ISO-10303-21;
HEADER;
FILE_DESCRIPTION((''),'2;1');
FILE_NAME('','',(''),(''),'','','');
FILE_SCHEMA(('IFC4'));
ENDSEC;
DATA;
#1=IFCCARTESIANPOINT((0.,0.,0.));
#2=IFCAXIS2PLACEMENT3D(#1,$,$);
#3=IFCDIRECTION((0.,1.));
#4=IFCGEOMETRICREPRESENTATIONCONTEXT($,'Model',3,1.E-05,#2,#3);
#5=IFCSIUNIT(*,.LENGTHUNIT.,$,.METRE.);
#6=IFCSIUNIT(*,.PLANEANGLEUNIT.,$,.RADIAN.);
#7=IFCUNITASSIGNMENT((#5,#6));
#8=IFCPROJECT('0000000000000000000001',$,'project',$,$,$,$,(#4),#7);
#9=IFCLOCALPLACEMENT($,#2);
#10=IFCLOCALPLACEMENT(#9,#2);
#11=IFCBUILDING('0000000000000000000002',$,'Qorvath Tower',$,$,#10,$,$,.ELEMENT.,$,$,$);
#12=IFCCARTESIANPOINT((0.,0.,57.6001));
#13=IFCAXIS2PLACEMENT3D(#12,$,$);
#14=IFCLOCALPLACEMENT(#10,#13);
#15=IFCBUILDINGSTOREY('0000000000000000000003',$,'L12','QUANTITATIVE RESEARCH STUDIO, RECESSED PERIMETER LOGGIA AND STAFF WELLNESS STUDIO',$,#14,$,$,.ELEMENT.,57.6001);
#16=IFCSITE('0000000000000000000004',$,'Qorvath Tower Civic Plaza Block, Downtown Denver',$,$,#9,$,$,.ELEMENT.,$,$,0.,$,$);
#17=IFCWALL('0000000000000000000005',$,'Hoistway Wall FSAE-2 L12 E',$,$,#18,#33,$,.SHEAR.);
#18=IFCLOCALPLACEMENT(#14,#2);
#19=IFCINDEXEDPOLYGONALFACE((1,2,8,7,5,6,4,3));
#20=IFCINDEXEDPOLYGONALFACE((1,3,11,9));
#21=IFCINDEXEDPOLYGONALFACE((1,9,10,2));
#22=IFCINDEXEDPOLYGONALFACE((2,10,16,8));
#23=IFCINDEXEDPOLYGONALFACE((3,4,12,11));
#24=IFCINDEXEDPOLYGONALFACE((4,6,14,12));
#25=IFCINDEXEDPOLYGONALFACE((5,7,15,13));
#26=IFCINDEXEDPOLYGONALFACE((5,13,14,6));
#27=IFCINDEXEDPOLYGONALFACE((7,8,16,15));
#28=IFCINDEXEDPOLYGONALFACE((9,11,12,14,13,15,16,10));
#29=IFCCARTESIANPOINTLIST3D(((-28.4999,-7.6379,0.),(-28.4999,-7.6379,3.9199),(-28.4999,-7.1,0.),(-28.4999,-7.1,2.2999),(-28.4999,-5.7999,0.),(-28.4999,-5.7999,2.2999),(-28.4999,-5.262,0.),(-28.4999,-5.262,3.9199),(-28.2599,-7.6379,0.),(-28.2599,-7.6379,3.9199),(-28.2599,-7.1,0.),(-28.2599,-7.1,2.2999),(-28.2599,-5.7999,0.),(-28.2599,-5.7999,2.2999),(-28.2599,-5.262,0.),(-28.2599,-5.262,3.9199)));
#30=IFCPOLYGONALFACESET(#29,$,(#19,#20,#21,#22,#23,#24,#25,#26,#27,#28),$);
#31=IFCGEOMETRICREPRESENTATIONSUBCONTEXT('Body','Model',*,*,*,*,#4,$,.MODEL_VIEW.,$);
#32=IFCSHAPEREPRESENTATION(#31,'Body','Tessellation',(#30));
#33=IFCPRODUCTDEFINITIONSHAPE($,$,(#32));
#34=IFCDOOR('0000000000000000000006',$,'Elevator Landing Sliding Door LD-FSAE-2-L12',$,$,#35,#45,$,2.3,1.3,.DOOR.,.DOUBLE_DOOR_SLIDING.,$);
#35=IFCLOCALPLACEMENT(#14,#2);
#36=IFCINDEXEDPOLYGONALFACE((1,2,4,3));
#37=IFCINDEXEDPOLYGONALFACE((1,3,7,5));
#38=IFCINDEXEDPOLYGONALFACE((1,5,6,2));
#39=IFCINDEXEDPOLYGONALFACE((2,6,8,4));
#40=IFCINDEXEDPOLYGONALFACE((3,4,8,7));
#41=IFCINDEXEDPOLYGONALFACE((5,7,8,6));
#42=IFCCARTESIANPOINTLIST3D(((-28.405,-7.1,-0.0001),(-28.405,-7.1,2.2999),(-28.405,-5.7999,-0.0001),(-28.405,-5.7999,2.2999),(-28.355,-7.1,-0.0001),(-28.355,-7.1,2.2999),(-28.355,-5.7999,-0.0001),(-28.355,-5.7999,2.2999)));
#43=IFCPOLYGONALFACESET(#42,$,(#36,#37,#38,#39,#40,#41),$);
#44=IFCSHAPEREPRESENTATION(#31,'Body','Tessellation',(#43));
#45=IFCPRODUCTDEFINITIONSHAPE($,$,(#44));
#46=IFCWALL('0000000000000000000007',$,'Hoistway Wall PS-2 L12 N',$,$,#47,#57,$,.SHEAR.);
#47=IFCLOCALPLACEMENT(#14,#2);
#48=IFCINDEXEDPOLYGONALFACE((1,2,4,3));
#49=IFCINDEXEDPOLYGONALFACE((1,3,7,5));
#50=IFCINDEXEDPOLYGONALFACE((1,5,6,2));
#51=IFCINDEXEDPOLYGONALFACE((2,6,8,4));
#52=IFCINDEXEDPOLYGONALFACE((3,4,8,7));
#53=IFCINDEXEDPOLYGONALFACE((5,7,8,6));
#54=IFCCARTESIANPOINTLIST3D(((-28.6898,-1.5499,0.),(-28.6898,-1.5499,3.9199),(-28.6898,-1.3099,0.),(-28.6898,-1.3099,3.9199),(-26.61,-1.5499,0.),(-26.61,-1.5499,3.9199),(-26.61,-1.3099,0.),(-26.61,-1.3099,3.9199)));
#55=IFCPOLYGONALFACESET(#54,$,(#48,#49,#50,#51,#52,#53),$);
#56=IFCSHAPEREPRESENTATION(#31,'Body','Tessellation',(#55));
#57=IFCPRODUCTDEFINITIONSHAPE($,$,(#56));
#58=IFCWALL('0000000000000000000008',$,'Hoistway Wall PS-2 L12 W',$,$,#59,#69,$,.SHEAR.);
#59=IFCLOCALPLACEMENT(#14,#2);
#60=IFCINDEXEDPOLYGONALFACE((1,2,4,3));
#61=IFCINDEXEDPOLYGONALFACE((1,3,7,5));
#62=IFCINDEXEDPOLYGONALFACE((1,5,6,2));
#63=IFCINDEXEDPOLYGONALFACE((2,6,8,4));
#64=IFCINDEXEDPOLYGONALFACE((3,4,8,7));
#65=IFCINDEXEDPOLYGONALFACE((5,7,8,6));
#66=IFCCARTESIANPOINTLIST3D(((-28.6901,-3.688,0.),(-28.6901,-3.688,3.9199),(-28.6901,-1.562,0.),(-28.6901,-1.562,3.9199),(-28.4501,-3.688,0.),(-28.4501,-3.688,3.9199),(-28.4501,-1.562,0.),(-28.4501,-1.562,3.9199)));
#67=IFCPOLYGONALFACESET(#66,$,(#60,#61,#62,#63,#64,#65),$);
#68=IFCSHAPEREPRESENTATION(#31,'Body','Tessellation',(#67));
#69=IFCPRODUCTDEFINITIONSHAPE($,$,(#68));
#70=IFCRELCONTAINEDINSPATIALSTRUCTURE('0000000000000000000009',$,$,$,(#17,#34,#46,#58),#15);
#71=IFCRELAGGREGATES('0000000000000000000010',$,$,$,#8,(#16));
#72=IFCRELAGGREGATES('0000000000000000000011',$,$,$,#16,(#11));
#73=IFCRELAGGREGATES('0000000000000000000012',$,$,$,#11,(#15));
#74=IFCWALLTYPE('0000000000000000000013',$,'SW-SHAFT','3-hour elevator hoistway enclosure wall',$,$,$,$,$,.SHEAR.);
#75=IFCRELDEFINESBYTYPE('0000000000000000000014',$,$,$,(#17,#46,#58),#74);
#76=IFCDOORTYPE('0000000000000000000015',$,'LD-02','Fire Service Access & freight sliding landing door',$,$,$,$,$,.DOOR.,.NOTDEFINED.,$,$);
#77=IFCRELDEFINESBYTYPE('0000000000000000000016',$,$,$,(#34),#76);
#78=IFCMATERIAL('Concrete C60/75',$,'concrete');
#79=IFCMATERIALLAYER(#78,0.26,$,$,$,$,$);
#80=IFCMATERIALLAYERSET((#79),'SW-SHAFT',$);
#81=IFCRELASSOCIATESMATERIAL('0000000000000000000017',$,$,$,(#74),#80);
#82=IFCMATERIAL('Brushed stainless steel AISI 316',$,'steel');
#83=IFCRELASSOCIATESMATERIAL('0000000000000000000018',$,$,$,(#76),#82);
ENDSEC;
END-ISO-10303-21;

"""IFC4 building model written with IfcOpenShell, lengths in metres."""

from ifc_helpers import new_model, si_unit, direction, frame, frame_2d, origin, place, context, subcontext, project, spatial, rectangle, extrude, material, layer, layer_set, type_object, element, fill, save


model = new_model("IFC4")

# Units and contexts
model_context = context("Model", 3, precision=1e-05, world=origin(), true_north=direction((0.0, 1.0)))
body_context = subcontext(model_context, "Body", "Model", "MODEL_VIEW")
ifc_project = project(units=[si_unit("LENGTHUNIT", "METRE"), si_unit("PLANEANGLEUNIT", "RADIAN")], contexts=[model_context])

# Site, building, storey
site_placement = place(None, origin())
site = spatial("IfcSite", under=ifc_project, at=site_placement, Name="Qorvath Tower Civic Plaza Block, Downtown Denver", CompositionType="ELEMENT", RefElevation=0.0)
building_placement = place(site_placement, origin())
building = spatial("IfcBuilding", under=site, at=building_placement, Name="Qorvath Tower", CompositionType="ELEMENT")
storey_placement = place(building_placement, frame((0.0, 0.0, 57.6001)))
storey = spatial("IfcBuildingStorey", under=building, at=storey_placement, Name="L12", Description="QUANTITATIVE RESEARCH STUDIO, RECESSED PERIMETER LOGGIA AND STAFF WELLNESS STUDIO", CompositionType="ELEMENT", Elevation=57.6001)

# Shared definitions
ifc_material_1 = material(Name="Concrete C60/75", Category="concrete")
ifc_layer_1 = layer(ifc_material_1, 0.26)
ifc_layer_set_1 = layer_set([ifc_layer_1], Name="SW-SHAFT")
wall_type_1 = type_object("IfcWallType", Name="SW-SHAFT", Description="3-hour elevator hoistway enclosure wall", PredefinedType="SHEAR", material=ifc_layer_set_1)

# Wall, opening, door
wall_1_placement = place(storey_placement, frame((-28.3799, -5.262, 0.0), z_axis=(0.0, 0.0, 1.0), x_axis=(0.0, -1.0, 0.0)))
wall_1 = element("IfcWall", 1, at=wall_1_placement, inside=storey, type_object=wall_type_1, Name="Hoistway Wall FSAE-2 L12 E", PredefinedType="SHEAR", context=body_context, shape_type="SweptSolid", body=[
    extrude(rectangle(XDim=2.376, YDim=0.24, at=frame_2d((1.188, 0.0))), origin(), (0.0, 0.0, 1.0), 3.9199),
])
opening_1_placement = place(wall_1_placement, frame((0.5381, 0.0, 0.0)))
opening_1 = element("IfcOpeningElement", 2, at=opening_1_placement, cuts=wall_1, PredefinedType="OPENING", context=body_context, shape_type="SweptSolid", body=[
    extrude(rectangle(XDim=1.3, YDim=2.3, at=frame_2d((0.6499, 1.1499))), frame((0.0, 0.1299, 0.0), z_axis=(0.0, -1.0, 0.0), x_axis=(1.0, 0.0, 0.0)), (0.0, 0.0, 1.0), 0.26),
])
ifc_material_2 = material(Name="Brushed stainless steel AISI 316", Category="steel")
door_type_1 = type_object("IfcDoorType", Name="LD-02", Description="Fire Service Access & freight sliding landing door", OperationType="NOTDEFINED", PredefinedType="DOOR", material=ifc_material_2)
door_1_placement = place(opening_1_placement, origin())
door_1 = element("IfcDoor", 3, at=door_1_placement, inside=storey, type_object=door_type_1, Name="Elevator Landing Sliding Door LD-FSAE-2-L12", OperationType="DOUBLE_DOOR_SLIDING", OverallHeight=2.3, OverallWidth=1.3, PredefinedType="DOOR", context=body_context, shape_type="SweptSolid", body=[
    extrude(rectangle(XDim=1.3, YDim=2.3, at=frame_2d((0.6499, 1.1499))), frame((0.0, 0.0249, 0.0), z_axis=(0.0, -1.0, 0.0), x_axis=(1.0, 0.0, 0.0)), (0.0, 0.0, 1.0), 0.05),
])
fill(opening_1, door_1)

# Walls
wall_2_placement = place(storey_placement, frame((-28.6899, -1.4299, 0.0), z_axis=(0.0, 0.0, 1.0), x_axis=(1.0, 0.0, 0.0)))
element("IfcWall", 4, at=wall_2_placement, inside=storey, type_object=wall_type_1, Name="Hoistway Wall PS-2 L12 N", PredefinedType="SHEAR", context=body_context, shape_type="SweptSolid", body=[
    extrude(rectangle(XDim=2.0798, YDim=0.24, at=frame_2d((1.04, 0.0))), origin(), (0.0, 0.0, 1.0), 3.9199),
])
wall_3_placement = place(storey_placement, frame((-28.5701, -3.688, 0.0), z_axis=(0.0, 0.0, 1.0), x_axis=(0.0, 1.0, 0.0)))
element("IfcWall", 5, at=wall_3_placement, inside=storey, type_object=wall_type_1, Name="Hoistway Wall PS-2 L12 W", PredefinedType="SHEAR", context=body_context, shape_type="SweptSolid", body=[
    extrude(rectangle(XDim=2.126, YDim=0.24, at=frame_2d((1.063, 0.0))), origin(), (0.0, 0.0, 1.0), 3.9199),
])

save(model, "model.ifc")
